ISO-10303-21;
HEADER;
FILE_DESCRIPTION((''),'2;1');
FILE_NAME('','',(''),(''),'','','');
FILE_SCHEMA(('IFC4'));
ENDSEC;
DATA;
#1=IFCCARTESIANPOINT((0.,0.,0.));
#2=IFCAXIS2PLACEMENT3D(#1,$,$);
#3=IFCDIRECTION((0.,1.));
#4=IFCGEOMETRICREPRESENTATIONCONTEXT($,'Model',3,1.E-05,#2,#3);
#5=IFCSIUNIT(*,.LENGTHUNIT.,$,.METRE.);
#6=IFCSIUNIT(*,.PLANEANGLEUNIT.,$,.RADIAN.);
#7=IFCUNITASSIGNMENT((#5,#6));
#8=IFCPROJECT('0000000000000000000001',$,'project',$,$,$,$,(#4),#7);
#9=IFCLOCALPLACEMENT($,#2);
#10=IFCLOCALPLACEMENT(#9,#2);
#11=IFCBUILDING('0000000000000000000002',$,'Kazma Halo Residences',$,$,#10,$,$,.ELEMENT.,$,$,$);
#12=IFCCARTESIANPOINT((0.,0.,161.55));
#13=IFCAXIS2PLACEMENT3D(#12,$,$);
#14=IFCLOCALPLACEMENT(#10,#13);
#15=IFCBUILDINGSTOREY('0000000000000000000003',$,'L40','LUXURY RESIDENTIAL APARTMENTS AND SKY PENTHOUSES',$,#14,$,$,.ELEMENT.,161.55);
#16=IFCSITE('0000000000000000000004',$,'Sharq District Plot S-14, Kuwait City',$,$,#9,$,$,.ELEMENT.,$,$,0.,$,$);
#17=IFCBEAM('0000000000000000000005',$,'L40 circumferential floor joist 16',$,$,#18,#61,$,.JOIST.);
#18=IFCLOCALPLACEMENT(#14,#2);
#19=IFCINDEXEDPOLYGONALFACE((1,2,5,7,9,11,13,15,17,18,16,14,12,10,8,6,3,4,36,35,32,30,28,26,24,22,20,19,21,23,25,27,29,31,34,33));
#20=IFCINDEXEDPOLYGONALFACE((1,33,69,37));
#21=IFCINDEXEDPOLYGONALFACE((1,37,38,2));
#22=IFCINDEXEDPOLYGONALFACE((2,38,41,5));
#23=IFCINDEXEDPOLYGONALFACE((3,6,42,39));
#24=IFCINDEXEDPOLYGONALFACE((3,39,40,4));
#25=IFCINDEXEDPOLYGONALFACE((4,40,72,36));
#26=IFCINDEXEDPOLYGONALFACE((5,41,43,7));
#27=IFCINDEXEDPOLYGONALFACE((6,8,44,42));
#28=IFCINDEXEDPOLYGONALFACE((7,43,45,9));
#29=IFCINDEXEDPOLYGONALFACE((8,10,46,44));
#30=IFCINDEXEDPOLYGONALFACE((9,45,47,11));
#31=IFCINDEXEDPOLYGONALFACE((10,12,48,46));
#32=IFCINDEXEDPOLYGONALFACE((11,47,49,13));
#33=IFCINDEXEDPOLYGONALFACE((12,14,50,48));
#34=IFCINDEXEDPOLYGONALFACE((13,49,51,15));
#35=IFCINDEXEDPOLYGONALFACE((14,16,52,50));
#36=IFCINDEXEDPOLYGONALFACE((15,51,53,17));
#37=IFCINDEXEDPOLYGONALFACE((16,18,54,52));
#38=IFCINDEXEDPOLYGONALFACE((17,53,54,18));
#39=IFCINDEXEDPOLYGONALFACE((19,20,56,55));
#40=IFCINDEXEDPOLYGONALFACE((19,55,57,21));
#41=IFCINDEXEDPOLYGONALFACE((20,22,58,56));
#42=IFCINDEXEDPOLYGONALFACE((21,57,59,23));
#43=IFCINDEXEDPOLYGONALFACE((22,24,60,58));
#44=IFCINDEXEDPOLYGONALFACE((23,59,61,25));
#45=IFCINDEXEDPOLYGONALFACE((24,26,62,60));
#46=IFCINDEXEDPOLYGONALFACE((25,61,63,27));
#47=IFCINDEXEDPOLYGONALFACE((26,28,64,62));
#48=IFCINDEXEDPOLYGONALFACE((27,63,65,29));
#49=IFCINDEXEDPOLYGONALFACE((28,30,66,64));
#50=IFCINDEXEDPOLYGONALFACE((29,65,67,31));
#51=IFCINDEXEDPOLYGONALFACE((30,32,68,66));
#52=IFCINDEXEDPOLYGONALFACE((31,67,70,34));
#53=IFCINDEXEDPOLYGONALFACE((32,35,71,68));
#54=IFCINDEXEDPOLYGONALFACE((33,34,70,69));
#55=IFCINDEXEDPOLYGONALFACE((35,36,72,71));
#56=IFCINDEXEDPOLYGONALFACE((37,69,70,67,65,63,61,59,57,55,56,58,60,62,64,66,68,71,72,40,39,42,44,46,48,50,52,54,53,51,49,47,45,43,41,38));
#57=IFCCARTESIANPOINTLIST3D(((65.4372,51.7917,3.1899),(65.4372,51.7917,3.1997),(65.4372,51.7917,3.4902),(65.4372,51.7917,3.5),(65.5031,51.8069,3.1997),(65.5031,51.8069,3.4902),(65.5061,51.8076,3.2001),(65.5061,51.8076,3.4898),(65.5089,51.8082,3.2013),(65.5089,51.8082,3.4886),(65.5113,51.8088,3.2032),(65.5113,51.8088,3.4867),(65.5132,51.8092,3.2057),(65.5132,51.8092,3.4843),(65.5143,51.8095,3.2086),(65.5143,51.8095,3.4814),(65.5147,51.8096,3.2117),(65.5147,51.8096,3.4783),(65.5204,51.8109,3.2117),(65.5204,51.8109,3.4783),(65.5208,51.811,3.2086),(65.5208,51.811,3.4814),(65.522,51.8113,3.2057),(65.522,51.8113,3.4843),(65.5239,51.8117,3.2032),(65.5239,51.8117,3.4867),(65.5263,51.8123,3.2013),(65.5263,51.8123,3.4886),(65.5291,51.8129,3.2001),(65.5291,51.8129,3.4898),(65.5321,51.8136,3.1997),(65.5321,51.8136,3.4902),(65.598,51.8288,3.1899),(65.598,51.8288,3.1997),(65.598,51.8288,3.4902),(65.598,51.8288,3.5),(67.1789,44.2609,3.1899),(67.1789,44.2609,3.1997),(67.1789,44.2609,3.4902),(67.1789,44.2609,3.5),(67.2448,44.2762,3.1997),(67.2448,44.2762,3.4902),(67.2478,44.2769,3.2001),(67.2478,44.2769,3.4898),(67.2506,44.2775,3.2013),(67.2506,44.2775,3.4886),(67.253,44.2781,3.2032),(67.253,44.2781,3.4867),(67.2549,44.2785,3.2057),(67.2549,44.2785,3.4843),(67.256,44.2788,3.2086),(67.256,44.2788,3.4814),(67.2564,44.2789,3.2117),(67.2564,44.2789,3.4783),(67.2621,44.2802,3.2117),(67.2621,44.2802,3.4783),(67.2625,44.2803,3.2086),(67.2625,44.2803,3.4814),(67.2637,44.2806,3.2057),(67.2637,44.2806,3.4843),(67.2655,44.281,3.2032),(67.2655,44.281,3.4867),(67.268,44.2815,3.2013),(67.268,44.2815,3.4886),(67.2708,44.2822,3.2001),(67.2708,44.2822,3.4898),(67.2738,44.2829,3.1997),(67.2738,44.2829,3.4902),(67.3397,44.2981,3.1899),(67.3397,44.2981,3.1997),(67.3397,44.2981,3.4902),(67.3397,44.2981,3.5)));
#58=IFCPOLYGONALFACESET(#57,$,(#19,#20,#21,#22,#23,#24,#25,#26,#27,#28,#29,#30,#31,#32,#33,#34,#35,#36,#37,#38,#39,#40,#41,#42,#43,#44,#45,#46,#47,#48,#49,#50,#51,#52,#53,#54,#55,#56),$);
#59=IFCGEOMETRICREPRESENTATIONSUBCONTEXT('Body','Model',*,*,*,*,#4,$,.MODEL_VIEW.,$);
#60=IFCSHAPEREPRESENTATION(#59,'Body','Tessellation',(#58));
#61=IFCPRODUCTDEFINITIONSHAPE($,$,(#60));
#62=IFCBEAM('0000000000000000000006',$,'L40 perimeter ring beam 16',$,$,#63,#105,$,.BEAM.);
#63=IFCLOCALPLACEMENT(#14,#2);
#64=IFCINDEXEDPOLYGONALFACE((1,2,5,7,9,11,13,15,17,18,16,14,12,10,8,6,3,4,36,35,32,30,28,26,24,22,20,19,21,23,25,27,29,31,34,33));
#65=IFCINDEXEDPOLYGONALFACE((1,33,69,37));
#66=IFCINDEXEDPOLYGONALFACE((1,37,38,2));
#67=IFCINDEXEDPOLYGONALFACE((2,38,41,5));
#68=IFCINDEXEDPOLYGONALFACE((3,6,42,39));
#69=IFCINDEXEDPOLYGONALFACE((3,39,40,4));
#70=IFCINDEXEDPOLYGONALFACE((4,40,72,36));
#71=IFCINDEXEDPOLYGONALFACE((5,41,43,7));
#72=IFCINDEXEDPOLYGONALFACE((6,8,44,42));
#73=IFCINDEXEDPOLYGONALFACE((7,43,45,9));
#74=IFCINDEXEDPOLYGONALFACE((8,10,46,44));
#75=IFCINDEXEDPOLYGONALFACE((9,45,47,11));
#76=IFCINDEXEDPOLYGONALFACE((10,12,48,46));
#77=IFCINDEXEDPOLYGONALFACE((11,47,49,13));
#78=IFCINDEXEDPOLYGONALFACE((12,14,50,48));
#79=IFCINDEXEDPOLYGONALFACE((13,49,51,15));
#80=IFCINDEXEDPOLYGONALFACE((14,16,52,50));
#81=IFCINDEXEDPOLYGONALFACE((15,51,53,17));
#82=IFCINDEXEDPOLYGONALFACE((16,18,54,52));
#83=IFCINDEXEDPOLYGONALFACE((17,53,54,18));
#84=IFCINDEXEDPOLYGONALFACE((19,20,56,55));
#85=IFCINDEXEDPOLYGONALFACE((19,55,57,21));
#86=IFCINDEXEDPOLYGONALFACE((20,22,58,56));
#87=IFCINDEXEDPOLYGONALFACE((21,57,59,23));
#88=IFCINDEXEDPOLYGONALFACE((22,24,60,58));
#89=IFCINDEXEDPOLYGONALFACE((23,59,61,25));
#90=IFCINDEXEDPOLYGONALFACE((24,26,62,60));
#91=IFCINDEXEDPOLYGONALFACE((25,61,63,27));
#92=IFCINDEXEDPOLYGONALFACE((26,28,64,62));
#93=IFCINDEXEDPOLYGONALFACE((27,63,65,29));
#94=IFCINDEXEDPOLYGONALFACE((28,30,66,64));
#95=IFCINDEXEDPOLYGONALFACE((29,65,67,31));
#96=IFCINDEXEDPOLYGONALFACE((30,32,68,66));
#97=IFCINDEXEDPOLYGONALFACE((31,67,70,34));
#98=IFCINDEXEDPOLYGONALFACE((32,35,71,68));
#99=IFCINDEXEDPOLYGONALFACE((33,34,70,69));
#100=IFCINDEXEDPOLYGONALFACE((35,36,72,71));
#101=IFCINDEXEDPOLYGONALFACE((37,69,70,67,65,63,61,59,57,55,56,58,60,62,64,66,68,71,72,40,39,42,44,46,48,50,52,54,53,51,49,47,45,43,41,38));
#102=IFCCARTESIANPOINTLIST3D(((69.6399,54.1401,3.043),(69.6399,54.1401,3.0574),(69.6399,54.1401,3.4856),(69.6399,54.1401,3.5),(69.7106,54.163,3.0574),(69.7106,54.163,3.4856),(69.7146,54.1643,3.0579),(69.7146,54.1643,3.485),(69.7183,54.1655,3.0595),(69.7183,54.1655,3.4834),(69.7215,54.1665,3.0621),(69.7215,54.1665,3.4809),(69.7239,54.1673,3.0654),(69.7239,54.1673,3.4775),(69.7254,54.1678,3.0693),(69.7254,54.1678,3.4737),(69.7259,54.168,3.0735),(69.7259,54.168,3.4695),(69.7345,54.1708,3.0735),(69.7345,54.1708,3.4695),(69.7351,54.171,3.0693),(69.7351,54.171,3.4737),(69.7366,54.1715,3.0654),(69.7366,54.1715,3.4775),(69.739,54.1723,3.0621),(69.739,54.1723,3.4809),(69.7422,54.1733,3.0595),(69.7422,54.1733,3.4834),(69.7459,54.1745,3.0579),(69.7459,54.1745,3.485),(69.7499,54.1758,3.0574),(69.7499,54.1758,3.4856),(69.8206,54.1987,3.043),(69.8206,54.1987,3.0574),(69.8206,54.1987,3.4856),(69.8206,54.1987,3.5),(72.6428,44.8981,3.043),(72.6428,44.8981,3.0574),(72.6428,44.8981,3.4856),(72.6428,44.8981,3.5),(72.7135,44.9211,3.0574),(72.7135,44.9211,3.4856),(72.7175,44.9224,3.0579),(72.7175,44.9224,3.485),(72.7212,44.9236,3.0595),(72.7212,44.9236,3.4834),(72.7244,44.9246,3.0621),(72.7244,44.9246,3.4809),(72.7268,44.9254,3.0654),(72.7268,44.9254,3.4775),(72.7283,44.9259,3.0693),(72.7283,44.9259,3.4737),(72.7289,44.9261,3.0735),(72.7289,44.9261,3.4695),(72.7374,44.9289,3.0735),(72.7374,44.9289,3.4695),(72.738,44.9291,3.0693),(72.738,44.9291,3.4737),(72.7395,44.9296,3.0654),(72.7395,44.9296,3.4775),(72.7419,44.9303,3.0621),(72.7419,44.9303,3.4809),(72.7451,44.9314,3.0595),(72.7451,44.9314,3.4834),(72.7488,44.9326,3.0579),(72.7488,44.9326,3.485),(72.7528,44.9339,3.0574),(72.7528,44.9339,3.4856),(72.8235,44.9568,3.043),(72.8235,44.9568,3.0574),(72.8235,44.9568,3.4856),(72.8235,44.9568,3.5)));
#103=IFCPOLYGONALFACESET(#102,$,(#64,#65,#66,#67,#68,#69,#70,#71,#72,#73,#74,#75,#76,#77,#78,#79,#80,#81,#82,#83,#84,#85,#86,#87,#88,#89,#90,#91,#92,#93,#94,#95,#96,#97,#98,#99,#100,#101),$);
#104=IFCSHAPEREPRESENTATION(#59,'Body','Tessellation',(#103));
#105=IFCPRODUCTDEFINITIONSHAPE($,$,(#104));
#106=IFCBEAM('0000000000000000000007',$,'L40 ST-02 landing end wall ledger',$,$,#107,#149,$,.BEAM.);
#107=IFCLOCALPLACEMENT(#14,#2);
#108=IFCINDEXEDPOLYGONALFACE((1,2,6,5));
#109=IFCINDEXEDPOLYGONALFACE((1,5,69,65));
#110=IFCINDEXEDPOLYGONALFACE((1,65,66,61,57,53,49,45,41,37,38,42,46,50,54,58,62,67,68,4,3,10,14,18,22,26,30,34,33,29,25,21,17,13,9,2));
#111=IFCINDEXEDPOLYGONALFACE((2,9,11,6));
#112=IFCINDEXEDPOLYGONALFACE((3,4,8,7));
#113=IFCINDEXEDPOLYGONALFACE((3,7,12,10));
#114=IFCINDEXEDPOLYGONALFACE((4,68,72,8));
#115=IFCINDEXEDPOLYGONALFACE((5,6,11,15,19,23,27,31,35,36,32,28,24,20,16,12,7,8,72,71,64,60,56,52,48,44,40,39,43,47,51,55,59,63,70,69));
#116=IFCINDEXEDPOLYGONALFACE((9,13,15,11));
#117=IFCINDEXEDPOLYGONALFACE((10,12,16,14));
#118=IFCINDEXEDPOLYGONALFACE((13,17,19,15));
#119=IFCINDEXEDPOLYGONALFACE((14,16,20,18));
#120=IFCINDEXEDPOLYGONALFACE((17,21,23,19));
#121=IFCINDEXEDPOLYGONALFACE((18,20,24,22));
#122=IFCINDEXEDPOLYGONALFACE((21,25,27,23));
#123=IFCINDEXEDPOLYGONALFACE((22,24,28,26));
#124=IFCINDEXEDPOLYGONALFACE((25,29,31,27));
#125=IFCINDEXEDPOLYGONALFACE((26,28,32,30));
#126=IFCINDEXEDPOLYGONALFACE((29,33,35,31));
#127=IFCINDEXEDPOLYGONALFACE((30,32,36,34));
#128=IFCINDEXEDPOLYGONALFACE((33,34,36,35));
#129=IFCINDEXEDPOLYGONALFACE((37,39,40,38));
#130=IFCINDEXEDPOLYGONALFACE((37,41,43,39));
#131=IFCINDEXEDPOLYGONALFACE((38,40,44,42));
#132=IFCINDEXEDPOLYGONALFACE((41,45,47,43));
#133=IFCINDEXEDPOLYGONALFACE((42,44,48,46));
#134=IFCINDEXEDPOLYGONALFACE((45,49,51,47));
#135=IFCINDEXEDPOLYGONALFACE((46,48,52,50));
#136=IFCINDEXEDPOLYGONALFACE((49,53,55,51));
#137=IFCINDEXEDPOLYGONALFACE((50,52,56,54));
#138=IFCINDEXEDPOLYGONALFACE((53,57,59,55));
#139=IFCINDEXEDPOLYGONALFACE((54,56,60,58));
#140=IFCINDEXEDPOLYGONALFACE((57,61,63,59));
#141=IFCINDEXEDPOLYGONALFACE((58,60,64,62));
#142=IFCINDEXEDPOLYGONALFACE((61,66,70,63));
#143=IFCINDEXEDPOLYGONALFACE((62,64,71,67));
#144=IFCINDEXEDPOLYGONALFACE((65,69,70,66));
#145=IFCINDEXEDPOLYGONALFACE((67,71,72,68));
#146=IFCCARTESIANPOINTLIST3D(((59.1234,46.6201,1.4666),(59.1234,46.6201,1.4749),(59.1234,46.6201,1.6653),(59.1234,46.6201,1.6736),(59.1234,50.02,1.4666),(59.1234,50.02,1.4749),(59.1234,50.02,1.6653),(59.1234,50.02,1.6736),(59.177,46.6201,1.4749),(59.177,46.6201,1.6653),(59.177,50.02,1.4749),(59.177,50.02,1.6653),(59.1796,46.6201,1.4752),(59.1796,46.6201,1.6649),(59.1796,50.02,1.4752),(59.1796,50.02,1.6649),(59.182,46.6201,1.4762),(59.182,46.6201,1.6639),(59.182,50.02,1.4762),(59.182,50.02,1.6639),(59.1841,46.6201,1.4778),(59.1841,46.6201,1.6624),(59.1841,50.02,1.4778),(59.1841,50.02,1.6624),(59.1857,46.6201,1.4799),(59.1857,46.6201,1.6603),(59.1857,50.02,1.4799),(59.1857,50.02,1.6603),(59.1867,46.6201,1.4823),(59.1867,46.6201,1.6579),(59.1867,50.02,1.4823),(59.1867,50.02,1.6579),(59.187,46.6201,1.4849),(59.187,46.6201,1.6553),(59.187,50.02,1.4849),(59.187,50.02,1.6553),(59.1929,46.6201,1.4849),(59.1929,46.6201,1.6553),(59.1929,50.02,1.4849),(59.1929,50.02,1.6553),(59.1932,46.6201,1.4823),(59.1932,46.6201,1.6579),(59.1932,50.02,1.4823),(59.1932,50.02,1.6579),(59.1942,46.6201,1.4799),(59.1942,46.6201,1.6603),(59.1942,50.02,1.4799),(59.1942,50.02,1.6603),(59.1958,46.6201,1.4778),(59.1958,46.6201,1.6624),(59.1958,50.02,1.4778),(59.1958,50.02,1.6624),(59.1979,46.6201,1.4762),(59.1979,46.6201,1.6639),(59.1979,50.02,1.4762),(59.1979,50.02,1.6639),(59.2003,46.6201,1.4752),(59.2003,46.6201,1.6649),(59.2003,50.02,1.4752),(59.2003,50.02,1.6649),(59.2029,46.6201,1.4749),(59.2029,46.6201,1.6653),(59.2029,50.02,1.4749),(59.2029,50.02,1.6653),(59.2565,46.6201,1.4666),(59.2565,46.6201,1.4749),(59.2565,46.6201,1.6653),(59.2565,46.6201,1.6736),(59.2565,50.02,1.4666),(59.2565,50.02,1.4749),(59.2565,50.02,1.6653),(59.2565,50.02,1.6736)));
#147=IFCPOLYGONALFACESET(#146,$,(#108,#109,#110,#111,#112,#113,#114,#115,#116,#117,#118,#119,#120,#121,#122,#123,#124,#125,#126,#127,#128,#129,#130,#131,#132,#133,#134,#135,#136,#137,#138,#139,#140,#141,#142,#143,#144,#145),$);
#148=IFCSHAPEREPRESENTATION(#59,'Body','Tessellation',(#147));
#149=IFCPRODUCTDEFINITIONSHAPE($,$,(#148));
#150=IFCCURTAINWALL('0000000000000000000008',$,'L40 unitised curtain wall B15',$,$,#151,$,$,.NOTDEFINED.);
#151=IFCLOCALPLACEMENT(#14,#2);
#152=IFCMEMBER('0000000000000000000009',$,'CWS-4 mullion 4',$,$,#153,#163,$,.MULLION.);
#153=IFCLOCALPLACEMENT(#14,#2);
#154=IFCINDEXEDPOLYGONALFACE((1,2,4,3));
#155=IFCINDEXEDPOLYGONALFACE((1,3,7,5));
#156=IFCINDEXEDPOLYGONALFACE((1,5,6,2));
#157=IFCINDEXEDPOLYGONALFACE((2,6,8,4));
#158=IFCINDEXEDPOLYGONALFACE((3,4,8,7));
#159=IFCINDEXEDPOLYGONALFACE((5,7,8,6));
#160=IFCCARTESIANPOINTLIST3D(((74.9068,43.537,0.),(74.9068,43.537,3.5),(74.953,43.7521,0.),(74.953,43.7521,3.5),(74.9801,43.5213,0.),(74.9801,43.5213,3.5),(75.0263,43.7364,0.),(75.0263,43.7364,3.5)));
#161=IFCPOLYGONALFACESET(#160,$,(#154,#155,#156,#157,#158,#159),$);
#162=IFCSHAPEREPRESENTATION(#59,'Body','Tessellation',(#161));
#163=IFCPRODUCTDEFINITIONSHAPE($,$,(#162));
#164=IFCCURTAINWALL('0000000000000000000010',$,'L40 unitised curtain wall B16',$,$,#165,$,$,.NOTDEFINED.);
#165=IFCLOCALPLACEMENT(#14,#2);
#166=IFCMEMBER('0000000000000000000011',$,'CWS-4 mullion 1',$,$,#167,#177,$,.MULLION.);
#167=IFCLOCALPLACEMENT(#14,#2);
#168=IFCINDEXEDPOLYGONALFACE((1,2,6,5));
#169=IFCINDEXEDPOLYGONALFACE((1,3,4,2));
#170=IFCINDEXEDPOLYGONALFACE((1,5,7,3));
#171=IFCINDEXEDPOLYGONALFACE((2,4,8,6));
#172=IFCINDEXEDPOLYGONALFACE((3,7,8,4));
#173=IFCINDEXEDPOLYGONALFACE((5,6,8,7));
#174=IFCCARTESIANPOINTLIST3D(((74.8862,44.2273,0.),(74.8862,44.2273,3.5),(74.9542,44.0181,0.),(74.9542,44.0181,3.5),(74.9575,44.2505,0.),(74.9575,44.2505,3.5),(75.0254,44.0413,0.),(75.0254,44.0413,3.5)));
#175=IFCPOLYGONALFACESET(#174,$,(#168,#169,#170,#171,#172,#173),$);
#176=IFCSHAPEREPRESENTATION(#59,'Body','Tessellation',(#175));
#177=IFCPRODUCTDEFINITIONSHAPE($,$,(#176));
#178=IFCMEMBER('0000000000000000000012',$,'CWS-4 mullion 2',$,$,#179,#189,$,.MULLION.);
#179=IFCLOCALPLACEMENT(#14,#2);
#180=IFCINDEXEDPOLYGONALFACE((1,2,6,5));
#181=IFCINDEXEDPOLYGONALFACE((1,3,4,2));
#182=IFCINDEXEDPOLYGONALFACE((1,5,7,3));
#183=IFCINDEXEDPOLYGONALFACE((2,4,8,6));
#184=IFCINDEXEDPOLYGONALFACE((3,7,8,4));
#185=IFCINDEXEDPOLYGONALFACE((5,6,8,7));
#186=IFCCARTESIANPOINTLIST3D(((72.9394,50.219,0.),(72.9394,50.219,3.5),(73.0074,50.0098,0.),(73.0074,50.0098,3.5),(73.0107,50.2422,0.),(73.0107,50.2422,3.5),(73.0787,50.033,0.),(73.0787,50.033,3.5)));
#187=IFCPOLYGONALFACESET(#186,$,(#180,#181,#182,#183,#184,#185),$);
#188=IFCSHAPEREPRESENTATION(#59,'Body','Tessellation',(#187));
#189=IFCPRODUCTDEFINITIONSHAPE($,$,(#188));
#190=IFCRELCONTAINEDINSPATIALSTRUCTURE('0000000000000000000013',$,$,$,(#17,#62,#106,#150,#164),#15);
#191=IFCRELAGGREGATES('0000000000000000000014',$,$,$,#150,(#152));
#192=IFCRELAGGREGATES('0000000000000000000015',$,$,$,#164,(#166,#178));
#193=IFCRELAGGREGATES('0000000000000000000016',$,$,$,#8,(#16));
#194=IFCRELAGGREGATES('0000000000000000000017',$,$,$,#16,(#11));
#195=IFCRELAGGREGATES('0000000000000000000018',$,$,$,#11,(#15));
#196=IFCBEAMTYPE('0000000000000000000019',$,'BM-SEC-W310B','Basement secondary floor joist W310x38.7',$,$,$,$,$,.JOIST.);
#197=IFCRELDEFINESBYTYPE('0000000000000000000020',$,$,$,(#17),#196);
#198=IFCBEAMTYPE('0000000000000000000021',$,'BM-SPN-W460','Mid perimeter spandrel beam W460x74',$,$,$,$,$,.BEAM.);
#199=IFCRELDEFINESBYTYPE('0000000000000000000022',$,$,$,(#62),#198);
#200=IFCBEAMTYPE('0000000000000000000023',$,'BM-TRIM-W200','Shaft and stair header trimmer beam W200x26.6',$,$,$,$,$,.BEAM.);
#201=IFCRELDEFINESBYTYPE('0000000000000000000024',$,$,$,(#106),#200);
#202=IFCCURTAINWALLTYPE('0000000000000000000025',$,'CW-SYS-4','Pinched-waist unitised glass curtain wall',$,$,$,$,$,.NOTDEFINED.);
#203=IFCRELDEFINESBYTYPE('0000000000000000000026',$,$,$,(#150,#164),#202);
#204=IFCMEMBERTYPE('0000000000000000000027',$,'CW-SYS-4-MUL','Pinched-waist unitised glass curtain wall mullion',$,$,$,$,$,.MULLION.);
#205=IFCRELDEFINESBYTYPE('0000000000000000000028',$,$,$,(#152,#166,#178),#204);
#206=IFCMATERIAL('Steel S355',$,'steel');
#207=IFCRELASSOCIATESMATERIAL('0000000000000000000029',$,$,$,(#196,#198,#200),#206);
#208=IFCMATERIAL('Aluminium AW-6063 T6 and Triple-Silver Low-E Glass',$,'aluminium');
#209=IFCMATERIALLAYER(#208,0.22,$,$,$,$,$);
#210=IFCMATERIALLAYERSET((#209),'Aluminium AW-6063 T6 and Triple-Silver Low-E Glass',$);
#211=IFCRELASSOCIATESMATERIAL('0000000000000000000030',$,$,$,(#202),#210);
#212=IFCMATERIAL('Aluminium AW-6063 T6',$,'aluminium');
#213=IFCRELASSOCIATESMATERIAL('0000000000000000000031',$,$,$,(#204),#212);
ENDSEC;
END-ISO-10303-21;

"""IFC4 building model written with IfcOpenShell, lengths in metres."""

from ifc_helpers import new_model, si_unit, direction, frame, origin, origin_2d, place, context, subcontext, project, spatial, rectangle, i_section, extrude, material, layer, layer_set, material_profile, profile_set, type_object, element, aggregate, save


model = new_model("IFC4")

# Units and contexts
model_context = context("Model", 3, precision=1e-05, world=origin(), true_north=direction((0.0, 1.0)))
body_context = subcontext(model_context, "Body", "Model", "MODEL_VIEW")
ifc_project = project(units=[si_unit("LENGTHUNIT", "METRE"), si_unit("PLANEANGLEUNIT", "RADIAN")], contexts=[model_context])

# Site, building, storey
site_placement = place(None, origin())
site = spatial("IfcSite", under=ifc_project, at=site_placement, Name="Sharq District Plot S-14, Kuwait City", CompositionType="ELEMENT", RefElevation=0.0)
building_placement = place(site_placement, origin())
building = spatial("IfcBuilding", under=site, at=building_placement, Name="Kazma Halo Residences", CompositionType="ELEMENT")
storey_placement = place(building_placement, frame((0.0, 0.0, 161.55)))
storey = spatial("IfcBuildingStorey", under=building, at=storey_placement, Name="L40", Description="LUXURY RESIDENTIAL APARTMENTS AND SKY PENTHOUSES", CompositionType="ELEMENT", Elevation=161.55)

# Beams
ifc_material_1 = material(Name="Steel S355", Category="steel")
ifc_material_profile_1 = material_profile(ifc_material_1, i_section(OverallWidth=0.165, OverallDepth=0.3101, WebThickness=0.0059, FlangeThickness=0.0098, FilletRadius=0.012, at=origin_2d()), Name="W310x38.7")
ifc_profile_set_1 = profile_set([ifc_material_profile_1], Name="Steel S355")
beam_type_1 = type_object("IfcBeamType", Name="BM-SEC-W310B", Description="Basement secondary floor joist W310x38.7", PredefinedType="JOIST", material=ifc_profile_set_1)
beam_1_placement = place(storey_placement, frame((67.2593, 44.2795, 3.345), z_axis=(-0.22533, 0.974282, 0.0), x_axis=(-0.974282, -0.22533, 0.0)))
element("IfcBeam", 1, at=beam_1_placement, inside=storey, type_object=beam_type_1, Name="L40 circumferential floor joist 16", PredefinedType="JOIST", context=body_context, shape_type="SweptSolid", body=[
    extrude(i_section(OverallWidth=0.165, OverallDepth=0.3101, WebThickness=0.0059, FlangeThickness=0.0098, FilletRadius=0.012, at=origin_2d()), origin(), (0.0, 0.0, 1.0), 7.7295),
])
ifc_material_profile_2 = material_profile(ifc_material_1, i_section(OverallWidth=0.1899, OverallDepth=0.457, WebThickness=0.009, FlangeThickness=0.0144, FilletRadius=0.0161, at=origin_2d()), Name="W460x74")
ifc_profile_set_2 = profile_set([ifc_material_profile_2], Name="Steel S355")
beam_type_2 = type_object("IfcBeamType", Name="BM-SPN-W460", Description="Mid perimeter spandrel beam W460x74", PredefinedType="BEAM", material=ifc_profile_set_2)
beam_2_placement = place(storey_placement, frame((72.7332, 44.9275, 3.2715), z_axis=(-0.309021, 0.951055, 0.0), x_axis=(-0.951055, -0.309021, 0.0)))
element("IfcBeam", 2, at=beam_2_placement, inside=storey, type_object=beam_type_2, Name="L40 perimeter ring beam 16", PredefinedType="BEAM", context=body_context, shape_type="SweptSolid", body=[
    extrude(i_section(OverallWidth=0.1899, OverallDepth=0.457, WebThickness=0.009, FlangeThickness=0.0144, FilletRadius=0.0161, at=origin_2d()), origin(), (0.0, 0.0, 1.0), 9.7175),
])
ifc_material_profile_3 = material_profile(ifc_material_1, i_section(OverallWidth=0.1331, OverallDepth=0.207, WebThickness=0.0059, FlangeThickness=0.0083, FilletRadius=0.01, at=origin_2d()), Name="W200x26.6")
ifc_profile_set_3 = profile_set([ifc_material_profile_3], Name="Steel S355")
beam_type_3 = type_object("IfcBeamType", Name="BM-TRIM-W200", Description="Shaft and stair header trimmer beam W200x26.6", PredefinedType="BEAM", material=ifc_profile_set_3)
beam_3_placement = place(storey_placement, frame((59.1899, 46.6201, 1.5701), z_axis=(0.0, 1.0, 0.0), x_axis=(-1.0, 0.0, 0.0)))
element("IfcBeam", 3, at=beam_3_placement, inside=storey, type_object=beam_type_3, Name="L40 ST-02 landing end wall ledger", PredefinedType="BEAM", context=body_context, shape_type="SweptSolid", body=[
    extrude(i_section(OverallWidth=0.1331, OverallDepth=0.207, WebThickness=0.0059, FlangeThickness=0.0083, FilletRadius=0.01, at=origin_2d()), origin(), (0.0, 0.0, 1.0), 3.3999),
])

# Curtain wall, member
ifc_material_2 = material(Name="Aluminium AW-6063 T6 and Triple-Silver Low-E Glass", Category="aluminium")
ifc_layer_1 = layer(ifc_material_2, 0.22)
ifc_layer_set_1 = layer_set([ifc_layer_1], Name="Aluminium AW-6063 T6 and Triple-Silver Low-E Glass")
curtain_wall_type = type_object("IfcCurtainWallType", Name="CW-SYS-4", Description="Pinched-waist unitised glass curtain wall", PredefinedType="NOTDEFINED", material=ifc_layer_set_1)
curtain_wall_1_placement = place(storey_placement, origin())
curtain_wall_1 = element("IfcCurtainWall", 4, at=curtain_wall_1_placement, inside=storey, type_object=curtain_wall_type, Name="L40 unitised curtain wall B15", PredefinedType="NOTDEFINED")
ifc_material_3 = material(Name="Aluminium AW-6063 T6", Category="aluminium")
ifc_material_profile_4 = material_profile(ifc_material_3, rectangle(XDim=0.075, YDim=0.22, at=origin_2d()), Name="CWM-75x220")
ifc_profile_set_4 = profile_set([ifc_material_profile_4], Name="Aluminium AW-6063 T6")
member_type_1 = type_object("IfcMemberType", Name="CW-SYS-4-MUL", Description="Pinched-waist unitised glass curtain wall mullion", PredefinedType="MULLION", material=ifc_profile_set_4)
member_1_placement = place(storey_placement, frame((74.9666, 43.6367, 0.0), z_axis=(0.0, 0.0, 1.0), x_axis=(-0.977765, 0.209704, 0.0)))
member_1 = element("IfcMember", 5, at=member_1_placement, type_object=member_type_1, Name="CWS-4 mullion 4", PredefinedType="MULLION", context=body_context, shape_type="SweptSolid", body=[
    extrude(rectangle(XDim=0.075, YDim=0.22, at=origin_2d()), origin(), (0.0, 0.0, 1.0), 3.5),
])
aggregate(curtain_wall_1, [member_1])

# Curtain wall, members
curtain_wall_2_placement = place(storey_placement, origin())
curtain_wall_2 = element("IfcCurtainWall", 6, at=curtain_wall_2_placement, inside=storey, type_object=curtain_wall_type, Name="L40 unitised curtain wall B16", PredefinedType="NOTDEFINED")
member_2_placement = place(storey_placement, frame((74.9558, 44.1343, 0.0), z_axis=(0.0, 0.0, 1.0), x_axis=(-0.951058, -0.309014, 0.0)))
member_2 = element("IfcMember", 7, at=member_2_placement, type_object=member_type_1, Name="CWS-4 mullion 1", PredefinedType="MULLION", context=body_context, shape_type="SweptSolid", body=[
    extrude(rectangle(XDim=0.075, YDim=0.22, at=origin_2d()), origin(), (0.0, 0.0, 1.0), 3.5),
])
member_3_placement = place(storey_placement, frame((73.009, 50.126, 0.0), z_axis=(0.0, 0.0, 1.0), x_axis=(-0.951058, -0.309014, 0.0)))
member_3 = element("IfcMember", 8, at=member_3_placement, type_object=member_type_1, Name="CWS-4 mullion 2", PredefinedType="MULLION", context=body_context, shape_type="SweptSolid", body=[
    extrude(rectangle(XDim=0.075, YDim=0.22, at=origin_2d()), origin(), (0.0, 0.0, 1.0), 3.5),
])
aggregate(curtain_wall_2, [member_2, member_3])

save(model, "model.ifc")
